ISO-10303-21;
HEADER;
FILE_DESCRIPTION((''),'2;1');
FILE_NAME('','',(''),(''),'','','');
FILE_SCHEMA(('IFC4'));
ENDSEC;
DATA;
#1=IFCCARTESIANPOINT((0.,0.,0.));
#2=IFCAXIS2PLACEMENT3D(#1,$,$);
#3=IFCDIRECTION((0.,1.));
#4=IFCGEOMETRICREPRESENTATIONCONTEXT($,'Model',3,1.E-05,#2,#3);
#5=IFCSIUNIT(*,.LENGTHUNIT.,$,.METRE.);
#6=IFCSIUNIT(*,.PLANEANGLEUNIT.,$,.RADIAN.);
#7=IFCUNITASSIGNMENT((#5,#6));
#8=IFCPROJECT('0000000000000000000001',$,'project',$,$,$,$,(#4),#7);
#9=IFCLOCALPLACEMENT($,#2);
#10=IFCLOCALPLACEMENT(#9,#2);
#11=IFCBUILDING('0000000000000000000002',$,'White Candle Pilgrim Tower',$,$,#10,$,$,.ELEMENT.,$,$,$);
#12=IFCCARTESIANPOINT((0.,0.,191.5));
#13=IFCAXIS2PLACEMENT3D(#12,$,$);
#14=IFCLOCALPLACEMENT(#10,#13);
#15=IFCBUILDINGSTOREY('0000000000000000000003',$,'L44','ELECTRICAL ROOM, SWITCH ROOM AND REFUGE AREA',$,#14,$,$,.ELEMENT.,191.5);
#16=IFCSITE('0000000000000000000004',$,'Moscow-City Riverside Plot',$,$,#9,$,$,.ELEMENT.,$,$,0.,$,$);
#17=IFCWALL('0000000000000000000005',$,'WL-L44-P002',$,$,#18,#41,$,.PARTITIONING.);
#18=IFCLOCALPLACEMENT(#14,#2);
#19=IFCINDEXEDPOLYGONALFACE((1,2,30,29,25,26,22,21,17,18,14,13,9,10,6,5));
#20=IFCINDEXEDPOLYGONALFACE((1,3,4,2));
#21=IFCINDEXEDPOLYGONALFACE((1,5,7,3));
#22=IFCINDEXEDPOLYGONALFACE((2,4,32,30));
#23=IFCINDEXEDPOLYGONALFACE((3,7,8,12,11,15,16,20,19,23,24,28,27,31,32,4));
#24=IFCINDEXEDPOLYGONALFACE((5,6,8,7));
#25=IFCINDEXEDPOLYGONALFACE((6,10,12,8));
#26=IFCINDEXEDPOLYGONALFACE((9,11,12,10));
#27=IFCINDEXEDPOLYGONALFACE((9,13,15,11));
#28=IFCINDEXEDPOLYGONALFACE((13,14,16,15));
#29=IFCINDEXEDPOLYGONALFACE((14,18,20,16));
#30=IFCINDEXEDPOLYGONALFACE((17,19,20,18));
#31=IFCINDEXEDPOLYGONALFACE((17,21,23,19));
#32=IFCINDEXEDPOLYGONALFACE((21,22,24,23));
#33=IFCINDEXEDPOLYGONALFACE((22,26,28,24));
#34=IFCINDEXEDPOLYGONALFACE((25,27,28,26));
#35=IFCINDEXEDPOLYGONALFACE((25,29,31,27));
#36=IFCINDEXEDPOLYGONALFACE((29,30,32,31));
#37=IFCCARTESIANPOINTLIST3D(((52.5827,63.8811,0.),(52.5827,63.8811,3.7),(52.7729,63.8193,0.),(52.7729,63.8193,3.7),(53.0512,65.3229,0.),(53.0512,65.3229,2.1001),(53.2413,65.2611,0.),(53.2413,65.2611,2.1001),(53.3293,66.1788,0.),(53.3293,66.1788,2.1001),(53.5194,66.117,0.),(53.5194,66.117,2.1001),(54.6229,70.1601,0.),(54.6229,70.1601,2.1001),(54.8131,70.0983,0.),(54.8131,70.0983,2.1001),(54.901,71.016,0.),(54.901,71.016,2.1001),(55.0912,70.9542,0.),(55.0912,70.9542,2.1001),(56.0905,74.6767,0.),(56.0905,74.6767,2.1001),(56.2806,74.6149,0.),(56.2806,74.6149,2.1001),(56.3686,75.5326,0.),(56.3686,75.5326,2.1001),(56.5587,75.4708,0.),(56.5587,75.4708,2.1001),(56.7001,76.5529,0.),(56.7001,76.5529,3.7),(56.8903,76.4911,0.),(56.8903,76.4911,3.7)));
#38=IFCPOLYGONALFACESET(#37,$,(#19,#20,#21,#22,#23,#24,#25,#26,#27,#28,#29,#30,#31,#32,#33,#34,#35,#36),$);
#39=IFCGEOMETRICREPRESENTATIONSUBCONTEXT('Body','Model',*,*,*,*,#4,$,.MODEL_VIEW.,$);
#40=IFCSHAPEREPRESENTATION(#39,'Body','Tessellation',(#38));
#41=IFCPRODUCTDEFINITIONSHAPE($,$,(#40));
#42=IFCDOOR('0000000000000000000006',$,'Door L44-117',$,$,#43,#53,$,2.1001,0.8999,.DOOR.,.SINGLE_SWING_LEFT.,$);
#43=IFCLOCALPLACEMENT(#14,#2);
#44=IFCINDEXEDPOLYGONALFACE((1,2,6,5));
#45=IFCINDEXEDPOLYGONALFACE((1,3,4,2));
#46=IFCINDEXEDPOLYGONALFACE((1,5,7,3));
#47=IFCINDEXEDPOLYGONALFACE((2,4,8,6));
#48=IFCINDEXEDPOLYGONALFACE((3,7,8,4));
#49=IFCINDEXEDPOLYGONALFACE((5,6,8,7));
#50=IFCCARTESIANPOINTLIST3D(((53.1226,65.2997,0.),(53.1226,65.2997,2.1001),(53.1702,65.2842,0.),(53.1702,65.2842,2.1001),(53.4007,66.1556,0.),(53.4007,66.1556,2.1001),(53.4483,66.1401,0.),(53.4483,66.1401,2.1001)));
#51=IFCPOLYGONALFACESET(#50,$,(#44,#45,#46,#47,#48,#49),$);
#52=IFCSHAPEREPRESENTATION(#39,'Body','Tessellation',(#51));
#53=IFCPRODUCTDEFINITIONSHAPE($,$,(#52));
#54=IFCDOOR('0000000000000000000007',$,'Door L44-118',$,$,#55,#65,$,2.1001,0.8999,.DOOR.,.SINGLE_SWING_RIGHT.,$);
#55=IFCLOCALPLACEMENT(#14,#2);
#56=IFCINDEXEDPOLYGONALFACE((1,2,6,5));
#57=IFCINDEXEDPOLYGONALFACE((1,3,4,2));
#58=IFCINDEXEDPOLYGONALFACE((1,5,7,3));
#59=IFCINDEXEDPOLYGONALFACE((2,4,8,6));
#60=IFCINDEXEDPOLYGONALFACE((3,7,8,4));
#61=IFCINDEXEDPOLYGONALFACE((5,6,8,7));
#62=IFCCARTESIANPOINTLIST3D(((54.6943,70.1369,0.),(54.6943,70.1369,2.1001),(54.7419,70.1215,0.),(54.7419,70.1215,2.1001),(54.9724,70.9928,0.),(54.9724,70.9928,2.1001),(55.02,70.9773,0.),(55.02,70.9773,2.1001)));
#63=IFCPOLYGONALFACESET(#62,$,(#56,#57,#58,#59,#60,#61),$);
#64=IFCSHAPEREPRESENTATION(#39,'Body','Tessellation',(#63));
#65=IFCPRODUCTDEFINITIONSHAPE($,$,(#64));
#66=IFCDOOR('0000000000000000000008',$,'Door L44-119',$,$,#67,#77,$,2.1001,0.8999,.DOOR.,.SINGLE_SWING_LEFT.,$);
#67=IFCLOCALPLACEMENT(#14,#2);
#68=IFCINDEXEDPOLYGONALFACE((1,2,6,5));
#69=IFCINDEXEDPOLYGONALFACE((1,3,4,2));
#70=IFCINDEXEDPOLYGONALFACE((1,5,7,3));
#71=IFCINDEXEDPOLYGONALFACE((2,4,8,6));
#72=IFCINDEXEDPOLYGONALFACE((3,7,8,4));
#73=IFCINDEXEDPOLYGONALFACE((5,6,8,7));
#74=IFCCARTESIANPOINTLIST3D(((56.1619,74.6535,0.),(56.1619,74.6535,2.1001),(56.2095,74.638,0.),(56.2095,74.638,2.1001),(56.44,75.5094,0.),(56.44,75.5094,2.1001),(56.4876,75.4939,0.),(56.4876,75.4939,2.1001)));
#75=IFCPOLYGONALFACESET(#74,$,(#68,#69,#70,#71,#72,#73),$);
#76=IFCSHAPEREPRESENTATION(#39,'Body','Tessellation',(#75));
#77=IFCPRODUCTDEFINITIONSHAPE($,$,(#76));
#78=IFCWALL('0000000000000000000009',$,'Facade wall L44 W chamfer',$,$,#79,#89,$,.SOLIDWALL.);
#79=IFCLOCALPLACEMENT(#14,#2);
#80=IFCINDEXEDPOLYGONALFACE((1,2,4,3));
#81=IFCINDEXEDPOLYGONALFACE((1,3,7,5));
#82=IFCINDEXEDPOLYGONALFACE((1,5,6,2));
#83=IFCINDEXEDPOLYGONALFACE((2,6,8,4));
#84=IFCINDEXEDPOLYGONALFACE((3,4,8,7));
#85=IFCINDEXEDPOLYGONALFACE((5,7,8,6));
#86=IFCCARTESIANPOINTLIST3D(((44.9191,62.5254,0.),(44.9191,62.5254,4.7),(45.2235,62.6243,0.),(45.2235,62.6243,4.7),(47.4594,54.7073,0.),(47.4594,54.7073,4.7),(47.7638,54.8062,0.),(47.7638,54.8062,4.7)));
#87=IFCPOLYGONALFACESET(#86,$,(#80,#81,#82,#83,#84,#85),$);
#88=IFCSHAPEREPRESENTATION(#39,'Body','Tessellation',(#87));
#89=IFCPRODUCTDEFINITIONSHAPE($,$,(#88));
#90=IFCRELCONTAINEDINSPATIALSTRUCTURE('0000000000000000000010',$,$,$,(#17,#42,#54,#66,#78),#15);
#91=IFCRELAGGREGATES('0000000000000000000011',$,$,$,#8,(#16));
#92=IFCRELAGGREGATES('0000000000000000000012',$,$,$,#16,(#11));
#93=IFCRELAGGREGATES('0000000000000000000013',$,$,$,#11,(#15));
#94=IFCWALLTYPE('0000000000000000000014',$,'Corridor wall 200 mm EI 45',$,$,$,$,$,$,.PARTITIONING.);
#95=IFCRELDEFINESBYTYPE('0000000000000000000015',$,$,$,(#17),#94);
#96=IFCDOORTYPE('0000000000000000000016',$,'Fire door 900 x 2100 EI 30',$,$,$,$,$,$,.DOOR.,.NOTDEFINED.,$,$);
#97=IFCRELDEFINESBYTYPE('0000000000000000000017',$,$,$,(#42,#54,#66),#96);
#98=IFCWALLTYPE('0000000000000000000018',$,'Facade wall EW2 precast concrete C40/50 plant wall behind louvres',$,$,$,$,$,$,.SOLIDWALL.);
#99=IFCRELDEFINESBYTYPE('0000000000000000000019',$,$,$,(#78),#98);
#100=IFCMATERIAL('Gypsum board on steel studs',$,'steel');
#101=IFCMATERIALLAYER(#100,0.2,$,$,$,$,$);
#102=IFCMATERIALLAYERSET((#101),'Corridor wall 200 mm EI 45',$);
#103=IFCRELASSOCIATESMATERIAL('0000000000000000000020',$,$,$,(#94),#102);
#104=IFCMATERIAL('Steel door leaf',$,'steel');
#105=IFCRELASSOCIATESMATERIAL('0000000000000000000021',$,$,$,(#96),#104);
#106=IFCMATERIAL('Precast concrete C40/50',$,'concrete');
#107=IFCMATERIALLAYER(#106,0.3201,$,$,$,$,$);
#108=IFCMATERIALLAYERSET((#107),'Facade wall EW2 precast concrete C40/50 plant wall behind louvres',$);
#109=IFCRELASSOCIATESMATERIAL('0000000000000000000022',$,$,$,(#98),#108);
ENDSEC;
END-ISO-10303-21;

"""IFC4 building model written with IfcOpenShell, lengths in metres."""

from ifc_helpers import new_model, si_unit, direction, frame, frame_2d, origin, place, context, subcontext, project, spatial, rectangle, extrude, material, layer, layer_set, type_object, element, fill, save


model = new_model("IFC4")

# Units and contexts
model_context = context("Model", 3, precision=1e-05, world=origin(), true_north=direction((0.0, 1.0)))
body_context = subcontext(model_context, "Body", "Model", "MODEL_VIEW")
ifc_project = project(units=[si_unit("LENGTHUNIT", "METRE"), si_unit("PLANEANGLEUNIT", "RADIAN")], contexts=[model_context])

# Site, building, storey
site_placement = place(None, origin())
site = spatial("IfcSite", under=ifc_project, at=site_placement, Name="Moscow-City Riverside Plot", CompositionType="ELEMENT", RefElevation=0.0)
building_placement = place(site_placement, origin())
building = spatial("IfcBuilding", under=site, at=building_placement, Name="White Candle Pilgrim Tower", CompositionType="ELEMENT")
storey_placement = place(building_placement, frame((0.0, 0.0, 191.5)))
storey = spatial("IfcBuildingStorey", under=building, at=storey_placement, Name="L44", Description="ELECTRICAL ROOM, SWITCH ROOM AND REFUGE AREA", CompositionType="ELEMENT", Elevation=191.5)

# Wall, openings, doors
ifc_material_1 = material(Name="Gypsum board on steel studs", Category="steel")
ifc_layer_1 = layer(ifc_material_1, 0.2)
ifc_layer_set_1 = layer_set([ifc_layer_1], Name="Corridor wall 200 mm EI 45")
wall_type_1 = type_object("IfcWallType", Name="Corridor wall 200 mm EI 45", PredefinedType="PARTITIONING", material=ifc_layer_set_1)
wall_1_placement = place(storey_placement, frame((52.6777, 63.8501, 0.0), z_axis=(0.0, 0.0, 1.0), x_axis=(0.309023, 0.951055, 0.0)))
wall_1 = element("IfcWall", 1, at=wall_1_placement, inside=storey, type_object=wall_type_1, Name="WL-L44-P002", PredefinedType="PARTITIONING", context=body_context, shape_type="SweptSolid", body=[
    extrude(rectangle(XDim=13.324, YDim=0.2, at=frame_2d((6.6621, 0.0))), origin(), (0.0, 0.0, 1.0), 3.7),
])
opening_1_placement = place(wall_1_placement, frame((1.5161, 0.0, 0.0)))
opening_1 = element("IfcOpeningElement", 2, at=opening_1_placement, cuts=wall_1, PredefinedType="OPENING", context=body_context, shape_type="SweptSolid", body=[
    extrude(rectangle(XDim=0.8999, YDim=2.1001, at=frame_2d((0.45, 1.05))), frame((0.0, 0.1099, 0.0), z_axis=(0.0, -1.0, 0.0), x_axis=(1.0, 0.0, 0.0)), (0.0, 0.0, 1.0), 0.22),
])
opening_2_placement = place(wall_1_placement, frame((6.6023, 0.0, 0.0)))
opening_2 = element("IfcOpeningElement", 3, at=opening_2_placement, cuts=wall_1, PredefinedType="OPENING", context=body_context, shape_type="SweptSolid", body=[
    extrude(rectangle(XDim=0.8999, YDim=2.1001, at=frame_2d((0.45, 1.05))), frame((0.0, 0.1099, 0.0), z_axis=(0.0, -1.0, 0.0), x_axis=(1.0, 0.0, 0.0)), (0.0, 0.0, 1.0), 0.22),
])
opening_3_placement = place(wall_1_placement, frame((11.3513, 0.0, 0.0)))
opening_3 = element("IfcOpeningElement", 4, at=opening_3_placement, cuts=wall_1, PredefinedType="OPENING", context=body_context, shape_type="SweptSolid", body=[
    extrude(rectangle(XDim=0.8999, YDim=2.1001, at=frame_2d((0.45, 1.05))), frame((0.0, 0.1099, 0.0), z_axis=(0.0, -1.0, 0.0), x_axis=(1.0, 0.0, 0.0)), (0.0, 0.0, 1.0), 0.22),
])
ifc_material_2 = material(Name="Steel door leaf", Category="steel")
door_type_1 = type_object("IfcDoorType", Name="Fire door 900 x 2100 EI 30", OperationType="NOTDEFINED", PredefinedType="DOOR", material=ifc_material_2)
door_1_placement = place(opening_1_placement, origin())
door_1 = element("IfcDoor", 5, at=door_1_placement, inside=storey, type_object=door_type_1, Name="Door L44-117", OperationType="SINGLE_SWING_LEFT", OverallHeight=2.1001, OverallWidth=0.8999, PredefinedType="DOOR", context=body_context, shape_type="SweptSolid", body=[
    extrude(rectangle(XDim=0.8999, YDim=2.1001, at=frame_2d((0.45, 1.05))), frame((0.0, 0.0249, 0.0), z_axis=(0.0, -1.0, 0.0), x_axis=(1.0, 0.0, 0.0)), (0.0, 0.0, 1.0), 0.05),
])
fill(opening_1, door_1)
door_2_placement = place(opening_2_placement, origin())
door_2 = element("IfcDoor", 6, at=door_2_placement, inside=storey, type_object=door_type_1, Name="Door L44-118", OperationType="SINGLE_SWING_RIGHT", OverallHeight=2.1001, OverallWidth=0.8999, PredefinedType="DOOR", context=body_context, shape_type="SweptSolid", body=[
    extrude(rectangle(XDim=0.8999, YDim=2.1001, at=frame_2d((0.45, 1.05))), frame((0.0, 0.0249, 0.0), z_axis=(0.0, -1.0, 0.0), x_axis=(1.0, 0.0, 0.0)), (0.0, 0.0, 1.0), 0.05),
])
fill(opening_2, door_2)
door_3_placement = place(opening_3_placement, origin())
door_3 = element("IfcDoor", 7, at=door_3_placement, inside=storey, type_object=door_type_1, Name="Door L44-119", OperationType="SINGLE_SWING_LEFT", OverallHeight=2.1001, OverallWidth=0.8999, PredefinedType="DOOR", context=body_context, shape_type="SweptSolid", body=[
    extrude(rectangle(XDim=0.8999, YDim=2.1001, at=frame_2d((0.45, 1.05))), frame((0.0, 0.0249, 0.0), z_axis=(0.0, -1.0, 0.0), x_axis=(1.0, 0.0, 0.0)), (0.0, 0.0, 1.0), 0.05),
])
fill(opening_3, door_3)

# Wall
ifc_material_3 = material(Name="Precast concrete C40/50", Category="concrete")
ifc_layer_2 = layer(ifc_material_3, 0.3201)
ifc_layer_set_2 = layer_set([ifc_layer_2], Name="Facade wall EW2 precast concrete C40/50 plant wall behind louvres")
wall_type_2 = type_object("IfcWallType", Name="Facade wall EW2 precast concrete C40/50 plant wall behind louvres", PredefinedType="SOLIDWALL", material=ifc_layer_set_2)
wall_2_placement = place(storey_placement, frame((45.0713, 62.575, 0.0), z_axis=(0.0, 0.0, 1.0), x_axis=(0.30902, -0.951056, 0.0)))
element("IfcWall", 8, at=wall_2_placement, inside=storey, type_object=wall_type_2, Name="Facade wall L44 W chamfer", PredefinedType="SOLIDWALL", context=body_context, shape_type="SweptSolid", body=[
    extrude(rectangle(XDim=8.2205, YDim=0.3201, at=frame_2d((4.1104, 0.0))), origin(), (0.0, 0.0, 1.0), 4.7),
])

save(model, "model.ifc")
